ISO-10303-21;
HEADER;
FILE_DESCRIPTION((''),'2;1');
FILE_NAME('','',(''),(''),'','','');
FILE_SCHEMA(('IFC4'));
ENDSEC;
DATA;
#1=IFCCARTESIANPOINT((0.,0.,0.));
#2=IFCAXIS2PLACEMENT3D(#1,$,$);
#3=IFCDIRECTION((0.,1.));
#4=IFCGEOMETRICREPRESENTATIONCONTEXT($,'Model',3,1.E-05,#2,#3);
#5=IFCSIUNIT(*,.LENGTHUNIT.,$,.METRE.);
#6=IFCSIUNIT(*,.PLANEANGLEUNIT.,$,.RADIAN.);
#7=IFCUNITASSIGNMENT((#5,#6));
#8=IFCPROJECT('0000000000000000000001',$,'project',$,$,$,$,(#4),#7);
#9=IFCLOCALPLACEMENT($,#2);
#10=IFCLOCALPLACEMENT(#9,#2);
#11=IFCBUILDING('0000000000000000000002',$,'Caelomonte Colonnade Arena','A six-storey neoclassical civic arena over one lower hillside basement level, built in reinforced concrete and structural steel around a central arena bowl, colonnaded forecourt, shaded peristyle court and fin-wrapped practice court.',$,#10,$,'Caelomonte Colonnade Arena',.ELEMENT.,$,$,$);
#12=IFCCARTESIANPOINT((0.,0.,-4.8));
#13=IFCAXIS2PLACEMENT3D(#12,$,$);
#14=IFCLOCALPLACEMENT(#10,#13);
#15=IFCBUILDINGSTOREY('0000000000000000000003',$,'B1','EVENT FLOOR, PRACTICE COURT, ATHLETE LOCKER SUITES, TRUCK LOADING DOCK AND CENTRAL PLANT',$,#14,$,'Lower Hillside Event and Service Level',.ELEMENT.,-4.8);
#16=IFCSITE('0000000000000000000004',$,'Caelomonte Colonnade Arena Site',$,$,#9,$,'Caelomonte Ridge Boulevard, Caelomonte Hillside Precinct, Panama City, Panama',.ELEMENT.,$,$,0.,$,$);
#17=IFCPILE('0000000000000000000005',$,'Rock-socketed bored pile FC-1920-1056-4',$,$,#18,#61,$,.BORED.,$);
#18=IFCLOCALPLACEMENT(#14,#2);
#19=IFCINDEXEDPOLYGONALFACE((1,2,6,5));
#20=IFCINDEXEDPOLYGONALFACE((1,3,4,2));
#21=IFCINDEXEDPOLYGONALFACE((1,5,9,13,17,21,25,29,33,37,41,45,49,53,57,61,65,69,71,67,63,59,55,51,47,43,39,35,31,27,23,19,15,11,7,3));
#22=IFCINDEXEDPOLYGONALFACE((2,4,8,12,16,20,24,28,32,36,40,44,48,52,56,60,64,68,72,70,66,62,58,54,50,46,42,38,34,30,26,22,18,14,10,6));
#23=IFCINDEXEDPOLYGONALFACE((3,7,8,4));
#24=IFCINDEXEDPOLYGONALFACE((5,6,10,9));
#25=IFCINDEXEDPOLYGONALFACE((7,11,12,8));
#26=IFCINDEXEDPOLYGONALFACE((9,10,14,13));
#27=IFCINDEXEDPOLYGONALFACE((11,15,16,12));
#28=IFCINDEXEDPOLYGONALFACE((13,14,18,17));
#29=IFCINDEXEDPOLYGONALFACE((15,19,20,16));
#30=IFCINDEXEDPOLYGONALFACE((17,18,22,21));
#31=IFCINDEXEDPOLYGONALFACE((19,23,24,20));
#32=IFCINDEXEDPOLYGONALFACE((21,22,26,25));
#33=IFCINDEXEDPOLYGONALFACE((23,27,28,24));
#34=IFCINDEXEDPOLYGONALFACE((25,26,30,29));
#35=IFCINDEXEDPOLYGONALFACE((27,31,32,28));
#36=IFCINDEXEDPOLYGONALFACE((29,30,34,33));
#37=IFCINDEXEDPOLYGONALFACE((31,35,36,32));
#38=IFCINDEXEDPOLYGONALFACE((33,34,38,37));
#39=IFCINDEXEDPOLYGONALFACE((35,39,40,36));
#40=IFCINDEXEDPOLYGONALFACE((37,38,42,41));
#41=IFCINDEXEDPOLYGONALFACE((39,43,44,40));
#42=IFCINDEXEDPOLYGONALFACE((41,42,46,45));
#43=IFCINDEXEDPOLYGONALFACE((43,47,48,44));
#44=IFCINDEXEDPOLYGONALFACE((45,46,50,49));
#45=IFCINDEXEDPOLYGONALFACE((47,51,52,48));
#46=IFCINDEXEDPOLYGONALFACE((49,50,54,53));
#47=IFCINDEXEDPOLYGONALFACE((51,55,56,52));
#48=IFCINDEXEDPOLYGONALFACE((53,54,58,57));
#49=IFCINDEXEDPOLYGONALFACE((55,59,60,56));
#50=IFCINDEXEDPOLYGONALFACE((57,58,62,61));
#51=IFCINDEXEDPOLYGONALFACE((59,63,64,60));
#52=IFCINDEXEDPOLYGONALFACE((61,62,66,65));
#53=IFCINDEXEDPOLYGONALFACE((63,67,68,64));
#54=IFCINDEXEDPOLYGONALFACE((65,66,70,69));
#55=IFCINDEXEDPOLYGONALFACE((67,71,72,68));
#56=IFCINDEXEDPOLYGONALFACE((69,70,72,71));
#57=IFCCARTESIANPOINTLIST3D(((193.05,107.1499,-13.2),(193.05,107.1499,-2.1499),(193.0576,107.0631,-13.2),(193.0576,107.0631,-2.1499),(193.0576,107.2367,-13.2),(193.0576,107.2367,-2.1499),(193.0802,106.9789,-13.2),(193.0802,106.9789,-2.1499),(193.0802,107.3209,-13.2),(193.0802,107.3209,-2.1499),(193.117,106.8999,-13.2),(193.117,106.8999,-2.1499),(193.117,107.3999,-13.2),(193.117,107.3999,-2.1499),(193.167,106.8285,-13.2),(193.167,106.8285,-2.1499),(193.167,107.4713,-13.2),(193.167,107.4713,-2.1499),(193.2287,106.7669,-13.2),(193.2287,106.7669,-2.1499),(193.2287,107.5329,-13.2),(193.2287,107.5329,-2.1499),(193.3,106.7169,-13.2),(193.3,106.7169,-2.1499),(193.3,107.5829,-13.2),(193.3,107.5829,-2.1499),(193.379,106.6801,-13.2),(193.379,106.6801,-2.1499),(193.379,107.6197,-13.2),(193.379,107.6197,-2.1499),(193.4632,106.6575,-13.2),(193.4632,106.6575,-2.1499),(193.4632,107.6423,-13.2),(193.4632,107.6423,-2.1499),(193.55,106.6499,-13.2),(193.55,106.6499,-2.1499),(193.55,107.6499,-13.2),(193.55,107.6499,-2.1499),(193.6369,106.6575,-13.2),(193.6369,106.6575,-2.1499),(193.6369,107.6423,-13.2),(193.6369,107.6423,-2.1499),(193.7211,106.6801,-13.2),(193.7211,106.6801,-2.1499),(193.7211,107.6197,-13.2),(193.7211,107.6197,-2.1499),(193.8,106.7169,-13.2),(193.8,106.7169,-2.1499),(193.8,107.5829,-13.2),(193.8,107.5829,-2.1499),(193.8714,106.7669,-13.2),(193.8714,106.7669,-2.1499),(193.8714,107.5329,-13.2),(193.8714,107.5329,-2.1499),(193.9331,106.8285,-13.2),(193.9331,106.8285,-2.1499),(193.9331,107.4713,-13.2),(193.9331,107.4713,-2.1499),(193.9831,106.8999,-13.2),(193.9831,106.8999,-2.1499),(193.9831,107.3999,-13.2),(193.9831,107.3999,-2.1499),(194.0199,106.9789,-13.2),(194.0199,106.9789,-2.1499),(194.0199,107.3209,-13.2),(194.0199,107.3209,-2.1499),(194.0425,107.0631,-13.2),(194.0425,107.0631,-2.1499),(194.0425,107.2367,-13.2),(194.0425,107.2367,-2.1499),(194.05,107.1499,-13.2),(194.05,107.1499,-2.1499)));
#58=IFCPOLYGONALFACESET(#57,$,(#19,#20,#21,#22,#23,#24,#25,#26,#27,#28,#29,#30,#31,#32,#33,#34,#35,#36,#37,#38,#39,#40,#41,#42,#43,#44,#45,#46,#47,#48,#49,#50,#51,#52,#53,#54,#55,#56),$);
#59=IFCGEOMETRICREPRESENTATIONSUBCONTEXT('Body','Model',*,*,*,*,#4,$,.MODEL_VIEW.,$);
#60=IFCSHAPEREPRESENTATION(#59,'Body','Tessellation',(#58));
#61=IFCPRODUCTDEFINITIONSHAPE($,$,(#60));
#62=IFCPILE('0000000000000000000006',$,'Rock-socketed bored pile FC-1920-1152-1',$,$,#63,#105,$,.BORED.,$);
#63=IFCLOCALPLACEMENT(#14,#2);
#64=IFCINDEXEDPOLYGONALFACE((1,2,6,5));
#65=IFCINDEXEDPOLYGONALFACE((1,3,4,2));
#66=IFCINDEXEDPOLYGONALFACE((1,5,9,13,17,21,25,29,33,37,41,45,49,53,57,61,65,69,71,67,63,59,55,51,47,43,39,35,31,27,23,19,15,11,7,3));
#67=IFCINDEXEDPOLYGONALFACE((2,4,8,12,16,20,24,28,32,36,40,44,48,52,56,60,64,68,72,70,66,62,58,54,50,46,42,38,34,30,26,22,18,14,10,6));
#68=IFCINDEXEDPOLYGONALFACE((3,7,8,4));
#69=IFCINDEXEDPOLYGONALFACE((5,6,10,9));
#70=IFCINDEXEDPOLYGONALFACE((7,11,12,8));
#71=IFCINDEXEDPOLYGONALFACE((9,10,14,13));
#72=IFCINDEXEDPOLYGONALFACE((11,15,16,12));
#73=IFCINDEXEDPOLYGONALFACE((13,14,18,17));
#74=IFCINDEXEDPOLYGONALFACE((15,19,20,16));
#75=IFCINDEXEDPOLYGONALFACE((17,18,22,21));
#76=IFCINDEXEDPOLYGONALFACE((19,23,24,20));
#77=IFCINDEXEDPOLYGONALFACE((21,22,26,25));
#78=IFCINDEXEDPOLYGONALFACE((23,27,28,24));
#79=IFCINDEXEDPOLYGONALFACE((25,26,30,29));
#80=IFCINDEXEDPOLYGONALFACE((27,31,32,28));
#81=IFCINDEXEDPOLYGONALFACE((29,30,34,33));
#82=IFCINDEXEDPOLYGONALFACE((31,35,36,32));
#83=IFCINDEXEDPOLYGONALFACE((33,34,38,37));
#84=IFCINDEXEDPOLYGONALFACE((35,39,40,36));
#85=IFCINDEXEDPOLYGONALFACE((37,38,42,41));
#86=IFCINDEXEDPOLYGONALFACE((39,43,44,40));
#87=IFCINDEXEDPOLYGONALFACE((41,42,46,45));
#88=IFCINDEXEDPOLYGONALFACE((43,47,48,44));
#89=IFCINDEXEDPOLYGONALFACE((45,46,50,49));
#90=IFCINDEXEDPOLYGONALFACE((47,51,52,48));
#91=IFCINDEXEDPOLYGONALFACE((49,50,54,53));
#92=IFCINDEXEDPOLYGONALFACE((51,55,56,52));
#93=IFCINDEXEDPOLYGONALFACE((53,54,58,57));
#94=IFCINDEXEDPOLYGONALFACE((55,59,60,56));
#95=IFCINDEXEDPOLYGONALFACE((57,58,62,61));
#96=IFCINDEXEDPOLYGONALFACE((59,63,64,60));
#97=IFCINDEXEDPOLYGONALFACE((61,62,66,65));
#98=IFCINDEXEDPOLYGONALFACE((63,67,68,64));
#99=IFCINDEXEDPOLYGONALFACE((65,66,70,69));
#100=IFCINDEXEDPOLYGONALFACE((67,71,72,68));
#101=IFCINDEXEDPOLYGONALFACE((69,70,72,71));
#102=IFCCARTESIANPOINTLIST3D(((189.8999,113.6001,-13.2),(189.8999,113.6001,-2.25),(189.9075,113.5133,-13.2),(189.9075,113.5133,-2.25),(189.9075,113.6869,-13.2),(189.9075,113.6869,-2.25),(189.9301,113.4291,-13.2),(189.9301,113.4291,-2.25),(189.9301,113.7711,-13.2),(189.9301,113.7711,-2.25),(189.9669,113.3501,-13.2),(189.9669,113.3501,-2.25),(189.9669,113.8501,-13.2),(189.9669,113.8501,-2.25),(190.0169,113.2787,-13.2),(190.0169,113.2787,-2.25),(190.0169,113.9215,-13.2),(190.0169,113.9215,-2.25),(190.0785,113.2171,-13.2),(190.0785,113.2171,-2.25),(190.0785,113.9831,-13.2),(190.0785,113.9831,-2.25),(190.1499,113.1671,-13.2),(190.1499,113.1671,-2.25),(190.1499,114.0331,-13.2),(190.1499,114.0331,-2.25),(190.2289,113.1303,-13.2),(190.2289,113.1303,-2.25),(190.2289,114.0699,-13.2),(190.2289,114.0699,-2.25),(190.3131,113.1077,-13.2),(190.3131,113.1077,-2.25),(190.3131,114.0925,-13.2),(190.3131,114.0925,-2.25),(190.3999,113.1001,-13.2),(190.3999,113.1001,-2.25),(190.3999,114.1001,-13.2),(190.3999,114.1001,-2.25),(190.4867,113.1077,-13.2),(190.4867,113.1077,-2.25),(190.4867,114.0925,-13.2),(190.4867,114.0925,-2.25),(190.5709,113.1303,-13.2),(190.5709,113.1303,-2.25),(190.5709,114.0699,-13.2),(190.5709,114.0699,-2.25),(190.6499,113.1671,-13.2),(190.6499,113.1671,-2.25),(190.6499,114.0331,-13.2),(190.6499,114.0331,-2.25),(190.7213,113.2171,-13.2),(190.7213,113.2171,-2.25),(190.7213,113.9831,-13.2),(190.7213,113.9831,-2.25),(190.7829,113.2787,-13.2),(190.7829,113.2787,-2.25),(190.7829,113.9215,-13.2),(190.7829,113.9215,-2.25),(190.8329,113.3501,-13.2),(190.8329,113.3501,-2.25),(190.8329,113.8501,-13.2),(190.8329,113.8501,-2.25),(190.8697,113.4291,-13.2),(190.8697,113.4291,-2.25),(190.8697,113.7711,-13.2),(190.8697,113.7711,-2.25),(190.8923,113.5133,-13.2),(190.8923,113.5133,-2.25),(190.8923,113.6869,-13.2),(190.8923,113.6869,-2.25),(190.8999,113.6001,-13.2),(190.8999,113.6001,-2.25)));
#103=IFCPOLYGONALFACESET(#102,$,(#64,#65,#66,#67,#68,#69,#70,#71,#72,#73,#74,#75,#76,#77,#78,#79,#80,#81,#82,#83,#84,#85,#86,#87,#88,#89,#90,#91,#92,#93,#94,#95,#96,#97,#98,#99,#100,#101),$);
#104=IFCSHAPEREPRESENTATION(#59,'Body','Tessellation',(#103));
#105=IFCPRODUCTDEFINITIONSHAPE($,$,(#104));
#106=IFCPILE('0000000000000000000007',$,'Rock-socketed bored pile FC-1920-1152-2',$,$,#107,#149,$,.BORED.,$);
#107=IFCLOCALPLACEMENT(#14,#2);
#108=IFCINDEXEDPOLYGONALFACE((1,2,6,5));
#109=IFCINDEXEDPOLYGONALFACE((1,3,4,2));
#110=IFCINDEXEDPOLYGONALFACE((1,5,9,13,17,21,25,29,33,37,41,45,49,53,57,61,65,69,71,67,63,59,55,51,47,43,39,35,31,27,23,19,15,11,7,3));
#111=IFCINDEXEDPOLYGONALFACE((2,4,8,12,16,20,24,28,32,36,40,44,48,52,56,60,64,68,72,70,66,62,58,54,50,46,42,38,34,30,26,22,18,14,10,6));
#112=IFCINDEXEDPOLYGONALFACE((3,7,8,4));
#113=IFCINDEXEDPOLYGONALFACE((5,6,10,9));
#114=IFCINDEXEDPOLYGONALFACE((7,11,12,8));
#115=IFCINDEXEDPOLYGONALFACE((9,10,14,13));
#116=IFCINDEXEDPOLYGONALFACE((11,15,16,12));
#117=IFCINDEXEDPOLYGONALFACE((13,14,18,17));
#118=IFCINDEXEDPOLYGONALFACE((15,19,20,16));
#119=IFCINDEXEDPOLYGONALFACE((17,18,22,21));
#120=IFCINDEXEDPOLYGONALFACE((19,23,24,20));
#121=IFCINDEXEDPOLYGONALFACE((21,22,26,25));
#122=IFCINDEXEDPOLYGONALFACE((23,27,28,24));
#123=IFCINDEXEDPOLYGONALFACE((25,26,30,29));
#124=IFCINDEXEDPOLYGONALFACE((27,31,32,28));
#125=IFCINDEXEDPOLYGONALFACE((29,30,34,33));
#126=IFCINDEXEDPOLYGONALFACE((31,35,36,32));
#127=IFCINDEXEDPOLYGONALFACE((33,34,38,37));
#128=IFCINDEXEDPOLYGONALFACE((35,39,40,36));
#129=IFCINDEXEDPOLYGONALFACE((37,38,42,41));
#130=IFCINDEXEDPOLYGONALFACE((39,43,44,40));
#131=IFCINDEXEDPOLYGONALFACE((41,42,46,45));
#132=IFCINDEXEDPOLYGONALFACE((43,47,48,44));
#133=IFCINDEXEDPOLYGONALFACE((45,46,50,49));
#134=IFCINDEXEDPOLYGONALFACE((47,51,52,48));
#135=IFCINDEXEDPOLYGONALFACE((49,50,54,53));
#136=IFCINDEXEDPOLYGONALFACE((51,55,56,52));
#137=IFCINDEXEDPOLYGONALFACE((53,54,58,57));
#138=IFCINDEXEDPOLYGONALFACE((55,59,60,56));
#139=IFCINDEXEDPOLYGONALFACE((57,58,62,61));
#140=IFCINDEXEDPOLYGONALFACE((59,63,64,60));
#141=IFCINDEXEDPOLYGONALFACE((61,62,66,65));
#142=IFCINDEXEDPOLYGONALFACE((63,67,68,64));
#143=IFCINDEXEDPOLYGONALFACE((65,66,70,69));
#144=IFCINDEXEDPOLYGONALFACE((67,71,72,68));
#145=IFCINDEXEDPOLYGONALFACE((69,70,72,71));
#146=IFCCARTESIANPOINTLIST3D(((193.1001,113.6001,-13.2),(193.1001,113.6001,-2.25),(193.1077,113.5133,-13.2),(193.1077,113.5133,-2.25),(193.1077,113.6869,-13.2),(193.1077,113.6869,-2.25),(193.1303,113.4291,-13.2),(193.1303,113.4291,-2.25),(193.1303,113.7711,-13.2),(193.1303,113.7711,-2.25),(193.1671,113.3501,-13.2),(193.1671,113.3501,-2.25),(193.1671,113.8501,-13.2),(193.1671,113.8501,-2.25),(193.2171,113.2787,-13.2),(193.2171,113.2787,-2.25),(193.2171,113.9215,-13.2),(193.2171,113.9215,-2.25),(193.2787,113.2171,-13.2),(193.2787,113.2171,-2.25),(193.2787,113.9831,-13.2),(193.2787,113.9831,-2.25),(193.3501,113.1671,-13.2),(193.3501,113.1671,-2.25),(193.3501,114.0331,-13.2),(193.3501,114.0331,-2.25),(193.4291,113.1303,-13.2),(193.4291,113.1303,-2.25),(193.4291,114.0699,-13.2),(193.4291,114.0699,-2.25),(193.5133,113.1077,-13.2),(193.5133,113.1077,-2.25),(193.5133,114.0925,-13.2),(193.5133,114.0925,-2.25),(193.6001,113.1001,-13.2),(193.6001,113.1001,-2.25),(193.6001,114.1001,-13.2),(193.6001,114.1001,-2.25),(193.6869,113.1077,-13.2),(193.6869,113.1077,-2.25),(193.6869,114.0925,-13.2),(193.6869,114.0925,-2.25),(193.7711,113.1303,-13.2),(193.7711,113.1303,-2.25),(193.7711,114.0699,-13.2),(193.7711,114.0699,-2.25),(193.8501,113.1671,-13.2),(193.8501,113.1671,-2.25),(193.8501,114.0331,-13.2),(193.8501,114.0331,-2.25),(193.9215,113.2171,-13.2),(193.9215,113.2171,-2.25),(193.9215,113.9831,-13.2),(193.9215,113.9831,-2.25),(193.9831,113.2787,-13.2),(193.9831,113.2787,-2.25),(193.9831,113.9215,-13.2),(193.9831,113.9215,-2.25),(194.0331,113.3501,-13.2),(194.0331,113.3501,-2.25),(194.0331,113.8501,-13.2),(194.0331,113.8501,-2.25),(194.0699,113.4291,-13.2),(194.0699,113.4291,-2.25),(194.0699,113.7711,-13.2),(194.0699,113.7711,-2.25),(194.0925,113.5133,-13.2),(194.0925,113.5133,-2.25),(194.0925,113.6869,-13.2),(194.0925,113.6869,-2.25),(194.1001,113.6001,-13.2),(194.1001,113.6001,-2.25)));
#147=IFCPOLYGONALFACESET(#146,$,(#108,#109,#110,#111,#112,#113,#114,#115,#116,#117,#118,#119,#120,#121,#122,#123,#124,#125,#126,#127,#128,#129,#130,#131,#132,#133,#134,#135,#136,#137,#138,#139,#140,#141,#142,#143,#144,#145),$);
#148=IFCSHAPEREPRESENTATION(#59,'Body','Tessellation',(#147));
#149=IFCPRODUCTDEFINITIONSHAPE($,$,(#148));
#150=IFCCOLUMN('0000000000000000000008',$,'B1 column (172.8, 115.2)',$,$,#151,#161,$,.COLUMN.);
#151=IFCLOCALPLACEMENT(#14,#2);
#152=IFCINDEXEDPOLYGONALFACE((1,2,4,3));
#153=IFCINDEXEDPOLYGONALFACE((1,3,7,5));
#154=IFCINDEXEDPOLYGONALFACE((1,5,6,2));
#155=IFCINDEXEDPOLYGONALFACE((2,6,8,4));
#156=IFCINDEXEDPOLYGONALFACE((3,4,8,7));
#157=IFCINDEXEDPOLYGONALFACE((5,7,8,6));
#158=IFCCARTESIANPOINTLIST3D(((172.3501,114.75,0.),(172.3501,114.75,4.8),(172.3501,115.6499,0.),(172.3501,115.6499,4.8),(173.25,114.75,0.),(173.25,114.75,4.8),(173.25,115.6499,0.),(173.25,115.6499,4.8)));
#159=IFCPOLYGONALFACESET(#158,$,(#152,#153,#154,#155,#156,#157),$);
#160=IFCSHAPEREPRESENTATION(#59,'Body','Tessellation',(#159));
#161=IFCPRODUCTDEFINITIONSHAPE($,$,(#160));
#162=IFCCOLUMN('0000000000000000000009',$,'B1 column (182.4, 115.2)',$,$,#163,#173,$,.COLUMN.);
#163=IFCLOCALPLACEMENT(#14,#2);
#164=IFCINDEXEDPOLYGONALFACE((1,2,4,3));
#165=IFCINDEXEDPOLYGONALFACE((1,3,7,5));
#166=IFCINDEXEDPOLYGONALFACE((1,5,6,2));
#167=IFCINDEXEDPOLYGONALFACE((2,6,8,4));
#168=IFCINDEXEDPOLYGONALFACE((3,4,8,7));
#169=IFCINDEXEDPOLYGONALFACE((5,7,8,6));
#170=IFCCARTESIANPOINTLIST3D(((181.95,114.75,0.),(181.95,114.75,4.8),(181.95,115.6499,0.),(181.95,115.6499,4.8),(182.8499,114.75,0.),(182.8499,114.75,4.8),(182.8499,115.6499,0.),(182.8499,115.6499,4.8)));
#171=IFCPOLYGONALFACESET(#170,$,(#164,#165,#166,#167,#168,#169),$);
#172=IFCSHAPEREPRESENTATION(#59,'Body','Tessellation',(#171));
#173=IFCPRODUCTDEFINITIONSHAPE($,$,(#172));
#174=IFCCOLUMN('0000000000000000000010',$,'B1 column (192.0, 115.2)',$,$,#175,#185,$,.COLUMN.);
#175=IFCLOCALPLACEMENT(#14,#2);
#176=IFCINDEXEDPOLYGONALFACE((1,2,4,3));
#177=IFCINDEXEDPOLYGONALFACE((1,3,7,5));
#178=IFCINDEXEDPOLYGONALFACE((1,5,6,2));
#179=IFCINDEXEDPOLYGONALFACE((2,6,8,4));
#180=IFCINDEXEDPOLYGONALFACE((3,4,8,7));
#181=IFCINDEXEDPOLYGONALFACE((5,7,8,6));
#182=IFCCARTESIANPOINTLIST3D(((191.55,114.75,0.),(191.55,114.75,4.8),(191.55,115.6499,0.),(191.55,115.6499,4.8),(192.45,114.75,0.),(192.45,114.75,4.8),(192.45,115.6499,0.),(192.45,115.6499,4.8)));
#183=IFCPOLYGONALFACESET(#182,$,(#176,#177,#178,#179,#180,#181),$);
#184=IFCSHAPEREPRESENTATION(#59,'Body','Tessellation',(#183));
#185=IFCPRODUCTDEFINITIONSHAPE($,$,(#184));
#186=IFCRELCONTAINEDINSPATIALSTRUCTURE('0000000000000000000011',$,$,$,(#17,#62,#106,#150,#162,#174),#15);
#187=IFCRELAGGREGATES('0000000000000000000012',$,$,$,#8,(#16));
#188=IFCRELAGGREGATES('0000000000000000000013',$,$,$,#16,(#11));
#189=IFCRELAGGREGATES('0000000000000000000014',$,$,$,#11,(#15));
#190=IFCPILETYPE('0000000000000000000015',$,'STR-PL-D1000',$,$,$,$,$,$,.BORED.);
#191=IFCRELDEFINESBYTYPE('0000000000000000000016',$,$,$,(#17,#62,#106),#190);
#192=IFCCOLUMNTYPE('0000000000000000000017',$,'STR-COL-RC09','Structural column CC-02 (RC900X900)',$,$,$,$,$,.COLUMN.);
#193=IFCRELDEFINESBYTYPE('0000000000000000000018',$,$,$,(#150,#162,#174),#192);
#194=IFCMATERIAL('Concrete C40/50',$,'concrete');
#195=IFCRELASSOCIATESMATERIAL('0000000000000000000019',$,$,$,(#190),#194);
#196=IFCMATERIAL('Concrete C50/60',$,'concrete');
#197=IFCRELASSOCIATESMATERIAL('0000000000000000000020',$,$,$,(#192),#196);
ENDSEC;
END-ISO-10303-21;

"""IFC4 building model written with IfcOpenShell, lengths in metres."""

from ifc_helpers import new_model, si_unit, direction, frame, origin, origin_2d, place, context, subcontext, project, spatial, rectangle, circle, extrude, material, material_profile, profile_set, type_object, element, save


model = new_model("IFC4")

# Units and contexts
model_context = context("Model", 3, precision=1e-05, world=origin(), true_north=direction((0.0, 1.0)))
body_context = subcontext(model_context, "Body", "Model", "MODEL_VIEW")
ifc_project = project(units=[si_unit("LENGTHUNIT", "METRE"), si_unit("PLANEANGLEUNIT", "RADIAN")], contexts=[model_context])

# Site, building, storey
site_placement = place(None, origin())
site = spatial("IfcSite", under=ifc_project, at=site_placement, Name="Caelomonte Colonnade Arena Site", LongName="Caelomonte Ridge Boulevard, Caelomonte Hillside Precinct, Panama City, Panama", CompositionType="ELEMENT", RefElevation=0.0)
building_placement = place(site_placement, origin())
building = spatial("IfcBuilding", under=site, at=building_placement, Name="Caelomonte Colonnade Arena", Description="A six-storey neoclassical civic arena over one lower hillside basement level, built in reinforced concrete and structural steel around a central arena bowl, colonnaded forecourt, shaded peristyle court and fin-wrapped practice court.", LongName="Caelomonte Colonnade Arena", CompositionType="ELEMENT")
storey_placement = place(building_placement, frame((0.0, 0.0, -4.8)))
storey = spatial("IfcBuildingStorey", under=building, at=storey_placement, Name="B1", Description="EVENT FLOOR, PRACTICE COURT, ATHLETE LOCKER SUITES, TRUCK LOADING DOCK AND CENTRAL PLANT", LongName="Lower Hillside Event and Service Level", CompositionType="ELEMENT", Elevation=-4.8)

# Shared definitions
ifc_material_1 = material(Name="Concrete C40/50", Category="concrete")

# Piles
ifc_material_profile_1 = material_profile(ifc_material_1, circle(Radius=0.5, at=origin_2d()), Name="PILE-D1000")
ifc_profile_set_1 = profile_set([ifc_material_profile_1], Name="Concrete C40/50")
pile_type = type_object("IfcPileType", Name="STR-PL-D1000", PredefinedType="BORED", material=ifc_profile_set_1)
for number, where, z_axis, x_axis, name in (
    (1, (193.55, 107.1499, -2.1499), (0.0, 0.0, -1.0), (1.0, 0.0, 0.0), "Rock-socketed bored pile FC-1920-1056-4"),
):
    element("IfcPile", number, at=place(storey_placement, frame(where, z_axis=z_axis, x_axis=x_axis)), inside=storey, type_object=pile_type, Name=name, PredefinedType="BORED", context=body_context, shape_type="SweptSolid", body=[
        extrude(circle(Radius=0.5, at=origin_2d()), origin(), (0.0, 0.0, 1.0), 11.05),
    ])
for number, where, z_axis, x_axis, name in (
    (2, (190.3999, 113.6001, -2.25), (0.0, 0.0, -1.0), (1.0, 0.0, 0.0), "Rock-socketed bored pile FC-1920-1152-1"),
    (3, (193.6001, 113.6001, -2.25), (0.0, 0.0, -1.0), (1.0, 0.0, 0.0), "Rock-socketed bored pile FC-1920-1152-2"),
):
    element("IfcPile", number, at=place(storey_placement, frame(where, z_axis=z_axis, x_axis=x_axis)), inside=storey, type_object=pile_type, Name=name, PredefinedType="BORED", context=body_context, shape_type="SweptSolid", body=[
        extrude(circle(Radius=0.5, at=origin_2d()), origin(), (0.0, 0.0, 1.0), 10.95),
    ])

# Columns
ifc_material_2 = material(Name="Concrete C50/60", Category="concrete")
ifc_material_profile_2 = material_profile(ifc_material_2, rectangle(XDim=0.8999, YDim=0.8999, at=origin_2d()), Name="RC900X900")
ifc_profile_set_2 = profile_set([ifc_material_profile_2], Name="Concrete C50/60")
column_type = type_object("IfcColumnType", Name="STR-COL-RC09", Description="Structural column CC-02 (RC900X900)", PredefinedType="COLUMN", material=ifc_profile_set_2)
for number, where, z_axis, x_axis, name in (
    (4, (172.8, 115.2, 0.0), (0.0, 0.0, 1.0), (1.0, 0.0, 0.0), "B1 column (172.8, 115.2)"),
    (5, (182.3999, 115.2, 0.0), (0.0, 0.0, 1.0), (1.0, 0.0, 0.0), "B1 column (182.4, 115.2)"),
    (6, (192.0, 115.2, 0.0), (0.0, 0.0, 1.0), (1.0, 0.0, 0.0), "B1 column (192.0, 115.2)"),
):
    element("IfcColumn", number, at=place(storey_placement, frame(where, z_axis=z_axis, x_axis=x_axis)), inside=storey, type_object=column_type, Name=name, PredefinedType="COLUMN", context=body_context, shape_type="SweptSolid", body=[
        extrude(rectangle(XDim=0.8999, YDim=0.8999, at=origin_2d()), origin(), (0.0, 0.0, 1.0), 4.8),
    ])

save(model, "model.ifc")
